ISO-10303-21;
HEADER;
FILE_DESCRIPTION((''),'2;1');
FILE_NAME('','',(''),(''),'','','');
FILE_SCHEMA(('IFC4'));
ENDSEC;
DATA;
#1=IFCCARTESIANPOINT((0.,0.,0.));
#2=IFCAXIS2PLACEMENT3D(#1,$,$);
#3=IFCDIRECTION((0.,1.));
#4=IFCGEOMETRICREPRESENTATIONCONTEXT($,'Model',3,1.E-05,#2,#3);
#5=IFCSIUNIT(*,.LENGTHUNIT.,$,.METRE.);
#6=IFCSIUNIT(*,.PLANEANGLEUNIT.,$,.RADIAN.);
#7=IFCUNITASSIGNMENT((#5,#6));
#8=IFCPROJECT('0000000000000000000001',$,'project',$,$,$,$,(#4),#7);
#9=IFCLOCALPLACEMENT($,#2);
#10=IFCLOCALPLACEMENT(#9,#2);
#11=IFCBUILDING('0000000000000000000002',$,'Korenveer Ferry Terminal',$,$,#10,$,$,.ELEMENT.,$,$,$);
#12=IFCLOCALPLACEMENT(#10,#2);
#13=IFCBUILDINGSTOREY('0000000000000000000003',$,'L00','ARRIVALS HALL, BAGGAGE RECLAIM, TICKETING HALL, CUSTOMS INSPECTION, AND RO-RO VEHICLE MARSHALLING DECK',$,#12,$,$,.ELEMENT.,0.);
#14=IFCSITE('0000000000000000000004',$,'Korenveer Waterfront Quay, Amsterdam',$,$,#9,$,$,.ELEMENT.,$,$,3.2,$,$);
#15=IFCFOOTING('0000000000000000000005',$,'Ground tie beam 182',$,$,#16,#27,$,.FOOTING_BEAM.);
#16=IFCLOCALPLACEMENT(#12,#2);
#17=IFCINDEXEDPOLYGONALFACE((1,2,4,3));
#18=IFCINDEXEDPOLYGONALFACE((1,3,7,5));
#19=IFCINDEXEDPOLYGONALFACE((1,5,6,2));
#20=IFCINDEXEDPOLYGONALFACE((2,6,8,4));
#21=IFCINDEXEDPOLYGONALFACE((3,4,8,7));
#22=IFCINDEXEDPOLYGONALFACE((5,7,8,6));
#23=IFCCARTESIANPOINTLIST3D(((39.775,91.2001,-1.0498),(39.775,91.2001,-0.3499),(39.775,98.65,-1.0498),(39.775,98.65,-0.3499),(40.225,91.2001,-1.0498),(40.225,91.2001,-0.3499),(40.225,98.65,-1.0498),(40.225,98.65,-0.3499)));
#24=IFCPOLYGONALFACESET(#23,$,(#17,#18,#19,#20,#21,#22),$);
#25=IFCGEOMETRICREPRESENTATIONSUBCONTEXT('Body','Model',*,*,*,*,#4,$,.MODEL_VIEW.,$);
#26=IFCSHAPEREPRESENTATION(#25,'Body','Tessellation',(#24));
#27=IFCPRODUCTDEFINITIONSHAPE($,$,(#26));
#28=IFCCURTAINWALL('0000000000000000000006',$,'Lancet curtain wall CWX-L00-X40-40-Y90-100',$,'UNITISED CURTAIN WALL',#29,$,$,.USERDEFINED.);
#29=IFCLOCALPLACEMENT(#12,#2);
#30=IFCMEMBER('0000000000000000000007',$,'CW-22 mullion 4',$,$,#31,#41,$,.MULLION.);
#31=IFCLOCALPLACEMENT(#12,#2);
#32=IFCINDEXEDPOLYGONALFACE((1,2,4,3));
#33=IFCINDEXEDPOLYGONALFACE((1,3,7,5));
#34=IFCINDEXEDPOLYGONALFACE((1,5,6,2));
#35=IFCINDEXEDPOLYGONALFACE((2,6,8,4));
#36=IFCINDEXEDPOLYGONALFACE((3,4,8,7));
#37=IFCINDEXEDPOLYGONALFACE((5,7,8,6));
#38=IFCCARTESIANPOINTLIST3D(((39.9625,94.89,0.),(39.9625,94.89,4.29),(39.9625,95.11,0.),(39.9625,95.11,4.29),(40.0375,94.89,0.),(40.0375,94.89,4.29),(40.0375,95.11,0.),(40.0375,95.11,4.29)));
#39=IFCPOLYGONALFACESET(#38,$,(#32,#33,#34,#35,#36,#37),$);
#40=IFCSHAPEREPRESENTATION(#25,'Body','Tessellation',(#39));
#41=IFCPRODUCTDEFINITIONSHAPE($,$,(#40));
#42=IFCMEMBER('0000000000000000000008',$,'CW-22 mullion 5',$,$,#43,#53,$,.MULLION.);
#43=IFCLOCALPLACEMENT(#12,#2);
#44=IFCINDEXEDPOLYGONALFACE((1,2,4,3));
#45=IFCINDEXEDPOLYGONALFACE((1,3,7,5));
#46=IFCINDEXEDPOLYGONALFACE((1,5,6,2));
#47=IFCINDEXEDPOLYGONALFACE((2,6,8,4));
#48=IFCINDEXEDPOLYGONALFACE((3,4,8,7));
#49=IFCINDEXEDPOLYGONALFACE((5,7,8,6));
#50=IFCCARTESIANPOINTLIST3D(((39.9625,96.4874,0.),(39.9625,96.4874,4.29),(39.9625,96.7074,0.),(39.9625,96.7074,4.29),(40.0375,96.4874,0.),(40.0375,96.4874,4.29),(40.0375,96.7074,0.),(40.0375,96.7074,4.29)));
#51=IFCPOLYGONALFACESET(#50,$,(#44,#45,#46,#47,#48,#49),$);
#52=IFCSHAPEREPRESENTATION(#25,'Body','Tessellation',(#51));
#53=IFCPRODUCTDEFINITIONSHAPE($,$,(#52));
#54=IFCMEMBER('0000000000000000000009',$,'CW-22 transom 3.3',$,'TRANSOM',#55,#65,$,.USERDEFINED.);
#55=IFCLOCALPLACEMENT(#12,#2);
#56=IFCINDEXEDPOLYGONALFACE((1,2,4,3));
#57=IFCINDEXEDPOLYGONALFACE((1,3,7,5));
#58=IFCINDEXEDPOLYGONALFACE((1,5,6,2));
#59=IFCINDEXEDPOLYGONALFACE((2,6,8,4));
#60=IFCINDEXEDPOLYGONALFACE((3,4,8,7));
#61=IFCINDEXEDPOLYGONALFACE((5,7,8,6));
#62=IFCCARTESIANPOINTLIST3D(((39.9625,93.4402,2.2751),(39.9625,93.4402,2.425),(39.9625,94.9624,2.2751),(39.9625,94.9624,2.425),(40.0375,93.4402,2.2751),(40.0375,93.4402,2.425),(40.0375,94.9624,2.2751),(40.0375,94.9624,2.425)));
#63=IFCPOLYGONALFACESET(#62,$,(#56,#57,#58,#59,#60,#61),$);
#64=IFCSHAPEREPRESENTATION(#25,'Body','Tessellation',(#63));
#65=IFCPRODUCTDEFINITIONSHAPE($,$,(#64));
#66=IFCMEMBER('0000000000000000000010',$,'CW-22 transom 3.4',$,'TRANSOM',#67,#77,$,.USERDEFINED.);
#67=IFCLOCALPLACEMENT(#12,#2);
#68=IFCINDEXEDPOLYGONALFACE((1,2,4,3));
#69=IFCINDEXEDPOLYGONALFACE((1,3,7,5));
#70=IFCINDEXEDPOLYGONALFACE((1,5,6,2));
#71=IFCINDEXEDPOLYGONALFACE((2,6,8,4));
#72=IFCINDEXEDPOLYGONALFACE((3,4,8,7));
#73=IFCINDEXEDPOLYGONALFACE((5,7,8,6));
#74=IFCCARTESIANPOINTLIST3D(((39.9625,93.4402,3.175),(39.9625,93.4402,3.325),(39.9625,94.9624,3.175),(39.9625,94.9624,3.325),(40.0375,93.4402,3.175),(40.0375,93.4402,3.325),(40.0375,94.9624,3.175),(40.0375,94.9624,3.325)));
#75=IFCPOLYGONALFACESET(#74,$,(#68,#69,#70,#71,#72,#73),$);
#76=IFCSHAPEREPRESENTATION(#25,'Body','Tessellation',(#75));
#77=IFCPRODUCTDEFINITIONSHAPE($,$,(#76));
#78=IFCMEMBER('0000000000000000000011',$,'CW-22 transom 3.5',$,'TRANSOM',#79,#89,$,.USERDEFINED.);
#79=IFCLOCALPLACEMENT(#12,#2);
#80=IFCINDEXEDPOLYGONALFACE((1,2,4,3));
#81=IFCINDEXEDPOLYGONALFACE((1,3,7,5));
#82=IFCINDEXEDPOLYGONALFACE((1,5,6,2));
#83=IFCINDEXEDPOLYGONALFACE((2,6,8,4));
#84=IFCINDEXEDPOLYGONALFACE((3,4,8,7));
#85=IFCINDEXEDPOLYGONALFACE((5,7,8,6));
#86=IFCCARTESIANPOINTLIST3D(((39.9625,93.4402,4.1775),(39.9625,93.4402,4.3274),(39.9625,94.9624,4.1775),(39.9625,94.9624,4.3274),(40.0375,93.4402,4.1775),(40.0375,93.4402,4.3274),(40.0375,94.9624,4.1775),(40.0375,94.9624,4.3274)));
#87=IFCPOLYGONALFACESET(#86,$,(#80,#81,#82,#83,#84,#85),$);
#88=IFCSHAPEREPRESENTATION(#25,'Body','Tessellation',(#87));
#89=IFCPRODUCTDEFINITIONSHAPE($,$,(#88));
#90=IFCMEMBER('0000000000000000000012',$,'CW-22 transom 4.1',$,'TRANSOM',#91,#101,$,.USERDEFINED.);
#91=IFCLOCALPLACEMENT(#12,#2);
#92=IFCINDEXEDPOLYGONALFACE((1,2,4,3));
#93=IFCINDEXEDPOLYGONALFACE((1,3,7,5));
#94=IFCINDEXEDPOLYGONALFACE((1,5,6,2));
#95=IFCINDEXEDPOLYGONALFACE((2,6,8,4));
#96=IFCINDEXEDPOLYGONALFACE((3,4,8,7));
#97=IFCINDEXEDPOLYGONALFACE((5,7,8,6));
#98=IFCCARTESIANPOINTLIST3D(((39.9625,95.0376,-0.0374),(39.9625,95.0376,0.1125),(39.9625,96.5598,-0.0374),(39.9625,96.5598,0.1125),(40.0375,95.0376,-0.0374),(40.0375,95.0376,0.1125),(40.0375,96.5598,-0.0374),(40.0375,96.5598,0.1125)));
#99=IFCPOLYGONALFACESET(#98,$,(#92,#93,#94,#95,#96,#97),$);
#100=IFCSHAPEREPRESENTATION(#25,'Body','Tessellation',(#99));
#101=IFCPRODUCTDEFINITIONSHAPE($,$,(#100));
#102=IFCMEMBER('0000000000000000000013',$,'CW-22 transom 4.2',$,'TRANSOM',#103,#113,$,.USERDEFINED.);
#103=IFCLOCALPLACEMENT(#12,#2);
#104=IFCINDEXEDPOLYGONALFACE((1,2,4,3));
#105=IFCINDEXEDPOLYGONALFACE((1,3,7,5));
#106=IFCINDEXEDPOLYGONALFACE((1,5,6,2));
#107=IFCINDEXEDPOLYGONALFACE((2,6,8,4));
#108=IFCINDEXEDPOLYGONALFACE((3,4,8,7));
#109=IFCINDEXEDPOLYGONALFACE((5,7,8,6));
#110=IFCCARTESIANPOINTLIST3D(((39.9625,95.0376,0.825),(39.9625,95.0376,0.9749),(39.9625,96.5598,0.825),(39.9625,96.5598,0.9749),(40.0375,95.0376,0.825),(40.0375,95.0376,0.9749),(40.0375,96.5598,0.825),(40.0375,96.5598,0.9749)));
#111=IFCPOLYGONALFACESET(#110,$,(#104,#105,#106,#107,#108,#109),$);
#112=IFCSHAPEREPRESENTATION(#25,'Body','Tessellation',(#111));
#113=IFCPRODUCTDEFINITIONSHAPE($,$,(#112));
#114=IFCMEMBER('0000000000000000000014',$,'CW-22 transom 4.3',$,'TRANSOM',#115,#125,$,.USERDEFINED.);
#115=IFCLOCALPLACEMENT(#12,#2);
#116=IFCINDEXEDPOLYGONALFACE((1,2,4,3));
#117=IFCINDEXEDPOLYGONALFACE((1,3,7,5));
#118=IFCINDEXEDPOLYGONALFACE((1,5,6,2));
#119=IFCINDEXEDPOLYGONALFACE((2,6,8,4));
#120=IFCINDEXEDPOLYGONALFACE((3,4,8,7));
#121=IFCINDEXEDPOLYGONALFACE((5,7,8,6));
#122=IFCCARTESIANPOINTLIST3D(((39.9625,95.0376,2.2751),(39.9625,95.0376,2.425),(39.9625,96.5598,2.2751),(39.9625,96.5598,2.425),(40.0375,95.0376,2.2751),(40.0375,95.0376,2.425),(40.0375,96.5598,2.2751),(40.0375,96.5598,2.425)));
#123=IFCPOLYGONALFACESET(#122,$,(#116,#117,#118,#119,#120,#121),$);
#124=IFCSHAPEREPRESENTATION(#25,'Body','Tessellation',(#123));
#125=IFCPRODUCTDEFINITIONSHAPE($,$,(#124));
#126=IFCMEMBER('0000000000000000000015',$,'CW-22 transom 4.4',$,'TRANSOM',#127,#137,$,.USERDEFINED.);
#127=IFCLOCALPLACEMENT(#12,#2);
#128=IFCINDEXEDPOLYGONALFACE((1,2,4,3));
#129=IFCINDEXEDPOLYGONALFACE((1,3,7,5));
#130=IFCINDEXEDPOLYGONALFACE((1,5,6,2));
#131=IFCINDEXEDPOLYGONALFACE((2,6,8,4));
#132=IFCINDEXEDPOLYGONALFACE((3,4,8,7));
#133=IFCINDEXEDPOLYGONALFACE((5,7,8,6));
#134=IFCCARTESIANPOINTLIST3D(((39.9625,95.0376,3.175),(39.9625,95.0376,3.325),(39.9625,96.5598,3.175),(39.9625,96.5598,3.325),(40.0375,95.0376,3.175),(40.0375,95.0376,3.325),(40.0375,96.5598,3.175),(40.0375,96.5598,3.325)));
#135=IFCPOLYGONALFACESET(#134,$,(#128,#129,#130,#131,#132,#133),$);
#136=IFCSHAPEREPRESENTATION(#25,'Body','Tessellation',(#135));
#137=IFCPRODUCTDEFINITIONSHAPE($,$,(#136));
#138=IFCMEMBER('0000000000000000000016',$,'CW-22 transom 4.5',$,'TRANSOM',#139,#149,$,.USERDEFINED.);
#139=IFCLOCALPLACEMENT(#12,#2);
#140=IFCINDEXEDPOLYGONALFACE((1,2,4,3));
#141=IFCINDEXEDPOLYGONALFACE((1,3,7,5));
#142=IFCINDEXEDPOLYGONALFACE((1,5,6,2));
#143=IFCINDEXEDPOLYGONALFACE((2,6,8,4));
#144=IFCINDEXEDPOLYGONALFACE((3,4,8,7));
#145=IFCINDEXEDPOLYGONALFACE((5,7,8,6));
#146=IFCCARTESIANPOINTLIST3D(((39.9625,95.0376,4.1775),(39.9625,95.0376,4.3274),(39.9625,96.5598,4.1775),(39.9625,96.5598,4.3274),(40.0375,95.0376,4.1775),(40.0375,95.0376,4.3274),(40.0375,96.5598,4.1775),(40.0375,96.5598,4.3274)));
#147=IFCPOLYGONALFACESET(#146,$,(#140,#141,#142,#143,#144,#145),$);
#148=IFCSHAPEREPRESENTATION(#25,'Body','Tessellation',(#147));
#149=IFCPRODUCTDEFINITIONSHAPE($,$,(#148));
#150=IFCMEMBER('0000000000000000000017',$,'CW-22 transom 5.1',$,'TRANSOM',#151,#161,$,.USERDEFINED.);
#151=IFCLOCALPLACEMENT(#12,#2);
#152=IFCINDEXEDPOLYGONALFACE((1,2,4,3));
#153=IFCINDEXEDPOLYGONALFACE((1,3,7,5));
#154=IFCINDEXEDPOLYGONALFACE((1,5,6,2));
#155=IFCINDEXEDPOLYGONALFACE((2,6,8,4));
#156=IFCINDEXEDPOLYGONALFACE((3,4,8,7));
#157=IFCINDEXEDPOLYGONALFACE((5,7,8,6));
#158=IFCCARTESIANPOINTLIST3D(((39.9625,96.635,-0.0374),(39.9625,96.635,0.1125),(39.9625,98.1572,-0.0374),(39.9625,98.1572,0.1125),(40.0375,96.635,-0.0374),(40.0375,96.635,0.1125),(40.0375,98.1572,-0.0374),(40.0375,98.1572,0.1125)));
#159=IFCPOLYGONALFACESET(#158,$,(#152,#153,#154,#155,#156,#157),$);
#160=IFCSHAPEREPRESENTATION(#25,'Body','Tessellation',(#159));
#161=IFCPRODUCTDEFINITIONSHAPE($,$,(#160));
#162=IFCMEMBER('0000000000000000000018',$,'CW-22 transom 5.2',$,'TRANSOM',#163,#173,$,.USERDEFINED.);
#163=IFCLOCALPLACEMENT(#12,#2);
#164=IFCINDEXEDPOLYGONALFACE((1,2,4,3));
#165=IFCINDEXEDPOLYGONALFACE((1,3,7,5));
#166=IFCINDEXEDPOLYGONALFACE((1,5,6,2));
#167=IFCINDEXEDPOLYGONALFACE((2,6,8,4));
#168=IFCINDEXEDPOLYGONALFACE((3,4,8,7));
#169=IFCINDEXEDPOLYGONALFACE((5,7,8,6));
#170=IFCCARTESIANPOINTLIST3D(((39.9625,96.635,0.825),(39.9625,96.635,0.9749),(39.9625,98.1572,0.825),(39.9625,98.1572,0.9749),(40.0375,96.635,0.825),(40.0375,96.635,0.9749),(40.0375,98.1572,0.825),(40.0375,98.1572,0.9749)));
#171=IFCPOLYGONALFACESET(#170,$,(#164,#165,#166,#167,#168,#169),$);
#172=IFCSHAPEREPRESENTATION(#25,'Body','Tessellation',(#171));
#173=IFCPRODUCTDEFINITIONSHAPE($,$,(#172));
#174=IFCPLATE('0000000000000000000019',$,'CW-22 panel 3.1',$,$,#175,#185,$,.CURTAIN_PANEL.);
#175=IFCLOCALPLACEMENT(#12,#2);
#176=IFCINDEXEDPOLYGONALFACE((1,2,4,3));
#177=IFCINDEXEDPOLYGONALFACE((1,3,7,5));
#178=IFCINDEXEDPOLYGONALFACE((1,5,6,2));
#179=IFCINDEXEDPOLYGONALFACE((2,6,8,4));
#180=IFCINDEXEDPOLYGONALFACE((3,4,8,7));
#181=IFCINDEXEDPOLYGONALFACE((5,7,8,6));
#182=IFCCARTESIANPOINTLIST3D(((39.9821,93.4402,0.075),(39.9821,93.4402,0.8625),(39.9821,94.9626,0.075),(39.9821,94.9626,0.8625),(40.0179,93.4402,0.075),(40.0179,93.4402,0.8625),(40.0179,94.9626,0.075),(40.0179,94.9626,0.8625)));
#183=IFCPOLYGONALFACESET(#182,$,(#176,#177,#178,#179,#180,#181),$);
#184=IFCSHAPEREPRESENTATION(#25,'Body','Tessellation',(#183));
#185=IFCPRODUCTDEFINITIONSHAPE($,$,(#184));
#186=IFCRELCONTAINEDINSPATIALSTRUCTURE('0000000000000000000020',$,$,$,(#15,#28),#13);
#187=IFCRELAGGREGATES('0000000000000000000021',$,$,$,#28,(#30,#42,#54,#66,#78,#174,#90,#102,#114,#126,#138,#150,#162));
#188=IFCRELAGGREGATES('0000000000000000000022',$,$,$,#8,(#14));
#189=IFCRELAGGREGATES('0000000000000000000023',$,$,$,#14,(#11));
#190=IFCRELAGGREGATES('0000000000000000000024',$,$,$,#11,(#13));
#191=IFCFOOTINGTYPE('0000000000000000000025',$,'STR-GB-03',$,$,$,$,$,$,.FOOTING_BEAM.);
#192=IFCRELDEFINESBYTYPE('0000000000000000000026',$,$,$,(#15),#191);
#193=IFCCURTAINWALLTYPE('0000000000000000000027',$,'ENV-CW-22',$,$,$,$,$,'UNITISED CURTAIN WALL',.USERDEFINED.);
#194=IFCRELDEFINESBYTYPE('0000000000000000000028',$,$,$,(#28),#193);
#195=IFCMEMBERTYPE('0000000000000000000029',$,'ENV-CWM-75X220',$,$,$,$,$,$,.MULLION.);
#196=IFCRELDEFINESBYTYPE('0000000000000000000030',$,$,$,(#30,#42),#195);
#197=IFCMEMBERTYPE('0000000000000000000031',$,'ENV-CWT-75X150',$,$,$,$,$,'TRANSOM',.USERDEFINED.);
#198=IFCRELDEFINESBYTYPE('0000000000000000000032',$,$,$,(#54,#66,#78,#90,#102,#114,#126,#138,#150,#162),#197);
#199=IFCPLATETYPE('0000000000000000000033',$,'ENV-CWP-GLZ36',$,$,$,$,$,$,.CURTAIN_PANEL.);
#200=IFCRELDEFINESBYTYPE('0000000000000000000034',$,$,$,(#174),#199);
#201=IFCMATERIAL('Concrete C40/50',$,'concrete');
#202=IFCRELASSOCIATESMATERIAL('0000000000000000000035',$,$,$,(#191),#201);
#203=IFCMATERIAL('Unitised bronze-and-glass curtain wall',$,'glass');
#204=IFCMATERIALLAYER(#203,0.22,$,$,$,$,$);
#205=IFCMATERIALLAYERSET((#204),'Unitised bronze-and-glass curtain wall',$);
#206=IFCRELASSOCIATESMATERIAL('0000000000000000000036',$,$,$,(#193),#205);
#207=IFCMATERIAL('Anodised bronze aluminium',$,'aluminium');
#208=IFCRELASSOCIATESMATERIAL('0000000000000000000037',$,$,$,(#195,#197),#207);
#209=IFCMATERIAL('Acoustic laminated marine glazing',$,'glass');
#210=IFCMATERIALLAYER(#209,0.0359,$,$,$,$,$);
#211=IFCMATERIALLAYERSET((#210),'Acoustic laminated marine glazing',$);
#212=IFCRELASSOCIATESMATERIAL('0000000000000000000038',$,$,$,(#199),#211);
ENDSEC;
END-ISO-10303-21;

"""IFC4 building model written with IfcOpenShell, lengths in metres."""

from ifc_helpers import new_model, si_unit, direction, frame, origin, origin_2d, place, context, subcontext, project, spatial, rectangle, extrude, material, layer, layer_set, material_profile, profile_set, type_object, element, aggregate, save


model = new_model("IFC4")

# Units and contexts
model_context = context("Model", 3, precision=1e-05, world=origin(), true_north=direction((0.0, 1.0)))
body_context = subcontext(model_context, "Body", "Model", "MODEL_VIEW")
ifc_project = project(units=[si_unit("LENGTHUNIT", "METRE"), si_unit("PLANEANGLEUNIT", "RADIAN")], contexts=[model_context])

# Site, building, storey
site_placement = place(None, origin())
site = spatial("IfcSite", under=ifc_project, at=site_placement, Name="Korenveer Waterfront Quay, Amsterdam", CompositionType="ELEMENT", RefElevation=3.2)
building_placement = place(site_placement, origin())
building = spatial("IfcBuilding", under=site, at=building_placement, Name="Korenveer Ferry Terminal", CompositionType="ELEMENT")
storey_placement = place(building_placement, origin())
storey = spatial("IfcBuildingStorey", under=building, at=storey_placement, Name="L00", Description="ARRIVALS HALL, BAGGAGE RECLAIM, TICKETING HALL, CUSTOMS INSPECTION, AND RO-RO VEHICLE MARSHALLING DECK", CompositionType="ELEMENT", Elevation=0.0)

# Footing
ifc_material_1 = material(Name="Concrete C40/50", Category="concrete")
footing_type = type_object("IfcFootingType", Name="STR-GB-03", PredefinedType="FOOTING_BEAM", material=ifc_material_1)
footing_placement = place(storey_placement, frame((40.0, 94.925, -1.0498), z_axis=(0.0, 0.0, 1.0), x_axis=(1.0, 0.0, 0.0)))
element("IfcFooting", 1, at=footing_placement, inside=storey, type_object=footing_type, Name="Ground tie beam 182", PredefinedType="FOOTING_BEAM", context=body_context, shape_type="SweptSolid", body=[
    extrude(rectangle(XDim=0.45, YDim=7.45, at=origin_2d()), origin(), (0.0, 0.0, 1.0), 0.7),
])

# Curtain wall, members, plate
ifc_material_2 = material(Name="Unitised bronze-and-glass curtain wall", Category="glass")
ifc_layer_1 = layer(ifc_material_2, 0.22)
ifc_layer_set_1 = layer_set([ifc_layer_1], Name="Unitised bronze-and-glass curtain wall")
curtain_wall_type = type_object("IfcCurtainWallType", Name="ENV-CW-22", ElementType="UNITISED CURTAIN WALL", PredefinedType="USERDEFINED", material=ifc_layer_set_1)
curtain_wall_placement = place(storey_placement, frame((40.0, 90.2078, 0.0)))
curtain_wall = element("IfcCurtainWall", 2, at=curtain_wall_placement, inside=storey, type_object=curtain_wall_type, Name="Lancet curtain wall CWX-L00-X40-40-Y90-100", ObjectType="UNITISED CURTAIN WALL", PredefinedType="USERDEFINED")
ifc_material_3 = material(Name="Anodised bronze aluminium", Category="aluminium")
ifc_material_profile_1 = material_profile(ifc_material_3, rectangle(XDim=0.075, YDim=0.22, at=origin_2d()), Name="ALU 75x220")
ifc_profile_set_1 = profile_set([ifc_material_profile_1], Name="Anodised bronze aluminium")
member_type_1 = type_object("IfcMemberType", Name="ENV-CWM-75X220", PredefinedType="MULLION", material=ifc_profile_set_1)
member_1_placement = place(storey_placement, frame((40.0, 95.0, 0.0), z_axis=(0.0, 0.0, 1.0), x_axis=(-1.0, 0.0, 0.0)))
member_1 = element("IfcMember", 3, at=member_1_placement, type_object=member_type_1, Name="CW-22 mullion 4", PredefinedType="MULLION", context=body_context, shape_type="SweptSolid", body=[
    extrude(rectangle(XDim=0.075, YDim=0.22, at=origin_2d()), origin(), (0.0, 0.0, 1.0), 4.29),
])
member_2_placement = place(storey_placement, frame((40.0, 96.5974, 0.0), z_axis=(0.0, 0.0, 1.0), x_axis=(-1.0, 0.0, 0.0)))
member_2 = element("IfcMember", 4, at=member_2_placement, type_object=member_type_1, Name="CW-22 mullion 5", PredefinedType="MULLION", context=body_context, shape_type="SweptSolid", body=[
    extrude(rectangle(XDim=0.075, YDim=0.22, at=origin_2d()), origin(), (0.0, 0.0, 1.0), 4.29),
])
ifc_material_profile_2 = material_profile(ifc_material_3, rectangle(XDim=0.075, YDim=0.1499, at=origin_2d()), Name="ALU 75x150")
ifc_profile_set_2 = profile_set([ifc_material_profile_2], Name="Anodised bronze aluminium")
member_type_2 = type_object("IfcMemberType", Name="ENV-CWT-75X150", ElementType="TRANSOM", PredefinedType="USERDEFINED", material=ifc_profile_set_2)
member_3_placement = place(storey_placement, frame((40.0, 93.4402, 2.3501), z_axis=(0.0, 1.0, 0.0), x_axis=(-1.0, 0.0, 0.0)))
member_3 = element("IfcMember", 5, at=member_3_placement, type_object=member_type_2, Name="CW-22 transom 3.3", ObjectType="TRANSOM", PredefinedType="USERDEFINED", context=body_context, shape_type="SweptSolid", body=[
    extrude(rectangle(XDim=0.075, YDim=0.1499, at=origin_2d()), origin(), (0.0, 0.0, 1.0), 1.5222),
])
member_4_placement = place(storey_placement, frame((40.0, 93.4402, 3.25), z_axis=(0.0, 1.0, 0.0), x_axis=(-1.0, 0.0, 0.0)))
member_4 = element("IfcMember", 6, at=member_4_placement, type_object=member_type_2, Name="CW-22 transom 3.4", ObjectType="TRANSOM", PredefinedType="USERDEFINED", context=body_context, shape_type="SweptSolid", body=[
    extrude(rectangle(XDim=0.075, YDim=0.1499, at=origin_2d()), origin(), (0.0, 0.0, 1.0), 1.5222),
])
member_5_placement = place(storey_placement, frame((40.0, 93.4402, 4.2524), z_axis=(0.0, 1.0, 0.0), x_axis=(-1.0, 0.0, 0.0)))
member_5 = element("IfcMember", 7, at=member_5_placement, type_object=member_type_2, Name="CW-22 transom 3.5", ObjectType="TRANSOM", PredefinedType="USERDEFINED", context=body_context, shape_type="SweptSolid", body=[
    extrude(rectangle(XDim=0.075, YDim=0.1499, at=origin_2d()), origin(), (0.0, 0.0, 1.0), 1.5222),
])
member_6_placement = place(storey_placement, frame((40.0, 95.0376, 0.0376), z_axis=(0.0, 1.0, 0.0), x_axis=(-1.0, 0.0, 0.0)))
member_6 = element("IfcMember", 8, at=member_6_placement, type_object=member_type_2, Name="CW-22 transom 4.1", ObjectType="TRANSOM", PredefinedType="USERDEFINED", context=body_context, shape_type="SweptSolid", body=[
    extrude(rectangle(XDim=0.075, YDim=0.1499, at=origin_2d()), origin(), (0.0, 0.0, 1.0), 1.5222),
])
member_7_placement = place(storey_placement, frame((40.0, 95.0376, 0.8999), z_axis=(0.0, 1.0, 0.0), x_axis=(-1.0, 0.0, 0.0)))
member_7 = element("IfcMember", 9, at=member_7_placement, type_object=member_type_2, Name="CW-22 transom 4.2", ObjectType="TRANSOM", PredefinedType="USERDEFINED", context=body_context, shape_type="SweptSolid", body=[
    extrude(rectangle(XDim=0.075, YDim=0.1499, at=origin_2d()), origin(), (0.0, 0.0, 1.0), 1.5222),
])
member_8_placement = place(storey_placement, frame((40.0, 95.0376, 2.3501), z_axis=(0.0, 1.0, 0.0), x_axis=(-1.0, 0.0, 0.0)))
member_8 = element("IfcMember", 10, at=member_8_placement, type_object=member_type_2, Name="CW-22 transom 4.3", ObjectType="TRANSOM", PredefinedType="USERDEFINED", context=body_context, shape_type="SweptSolid", body=[
    extrude(rectangle(XDim=0.075, YDim=0.1499, at=origin_2d()), origin(), (0.0, 0.0, 1.0), 1.5222),
])
member_9_placement = place(storey_placement, frame((40.0, 95.0376, 3.25), z_axis=(0.0, 1.0, 0.0), x_axis=(-1.0, 0.0, 0.0)))
member_9 = element("IfcMember", 11, at=member_9_placement, type_object=member_type_2, Name="CW-22 transom 4.4", ObjectType="TRANSOM", PredefinedType="USERDEFINED", context=body_context, shape_type="SweptSolid", body=[
    extrude(rectangle(XDim=0.075, YDim=0.1499, at=origin_2d()), origin(), (0.0, 0.0, 1.0), 1.5222),
])
member_10_placement = place(storey_placement, frame((40.0, 95.0376, 4.2524), z_axis=(0.0, 1.0, 0.0), x_axis=(-1.0, 0.0, 0.0)))
member_10 = element("IfcMember", 12, at=member_10_placement, type_object=member_type_2, Name="CW-22 transom 4.5", ObjectType="TRANSOM", PredefinedType="USERDEFINED", context=body_context, shape_type="SweptSolid", body=[
    extrude(rectangle(XDim=0.075, YDim=0.1499, at=origin_2d()), origin(), (0.0, 0.0, 1.0), 1.5222),
])
member_11_placement = place(storey_placement, frame((40.0, 96.635, 0.0376), z_axis=(0.0, 1.0, 0.0), x_axis=(-1.0, 0.0, 0.0)))
member_11 = element("IfcMember", 13, at=member_11_placement, type_object=member_type_2, Name="CW-22 transom 5.1", ObjectType="TRANSOM", PredefinedType="USERDEFINED", context=body_context, shape_type="SweptSolid", body=[
    extrude(rectangle(XDim=0.075, YDim=0.1499, at=origin_2d()), origin(), (0.0, 0.0, 1.0), 1.5222),
])
member_12_placement = place(storey_placement, frame((40.0, 96.635, 0.8999), z_axis=(0.0, 1.0, 0.0), x_axis=(-1.0, 0.0, 0.0)))
member_12 = element("IfcMember", 14, at=member_12_placement, type_object=member_type_2, Name="CW-22 transom 5.2", ObjectType="TRANSOM", PredefinedType="USERDEFINED", context=body_context, shape_type="SweptSolid", body=[
    extrude(rectangle(XDim=0.075, YDim=0.1499, at=origin_2d()), origin(), (0.0, 0.0, 1.0), 1.5222),
])
ifc_material_4 = material(Name="Acoustic laminated marine glazing", Category="glass")
ifc_layer_2 = layer(ifc_material_4, 0.0359)
ifc_layer_set_2 = layer_set([ifc_layer_2], Name="Acoustic laminated marine glazing")
plate_type = type_object("IfcPlateType", Name="ENV-CWP-GLZ36", PredefinedType="CURTAIN_PANEL", material=ifc_layer_set_2)
plate_1_placement = place(storey_placement, frame((40.0, 94.2014, 0.075), z_axis=(0.0, 0.0, 1.0), x_axis=(0.0, 1.0, 0.0)))
plate_1 = element("IfcPlate", 15, at=plate_1_placement, type_object=plate_type, Name="CW-22 panel 3.1", PredefinedType="CURTAIN_PANEL", context=body_context, shape_type="SweptSolid", body=[
    extrude(rectangle(XDim=1.5225, YDim=0.0359, at=origin_2d()), origin(), (0.0, 0.0, 1.0), 0.7876),
])
aggregate(curtain_wall, [member_1, member_2, member_3, member_4, member_5, plate_1, member_6, member_7, member_8, member_9, member_10, member_11, member_12])

save(model, "model.ifc")
